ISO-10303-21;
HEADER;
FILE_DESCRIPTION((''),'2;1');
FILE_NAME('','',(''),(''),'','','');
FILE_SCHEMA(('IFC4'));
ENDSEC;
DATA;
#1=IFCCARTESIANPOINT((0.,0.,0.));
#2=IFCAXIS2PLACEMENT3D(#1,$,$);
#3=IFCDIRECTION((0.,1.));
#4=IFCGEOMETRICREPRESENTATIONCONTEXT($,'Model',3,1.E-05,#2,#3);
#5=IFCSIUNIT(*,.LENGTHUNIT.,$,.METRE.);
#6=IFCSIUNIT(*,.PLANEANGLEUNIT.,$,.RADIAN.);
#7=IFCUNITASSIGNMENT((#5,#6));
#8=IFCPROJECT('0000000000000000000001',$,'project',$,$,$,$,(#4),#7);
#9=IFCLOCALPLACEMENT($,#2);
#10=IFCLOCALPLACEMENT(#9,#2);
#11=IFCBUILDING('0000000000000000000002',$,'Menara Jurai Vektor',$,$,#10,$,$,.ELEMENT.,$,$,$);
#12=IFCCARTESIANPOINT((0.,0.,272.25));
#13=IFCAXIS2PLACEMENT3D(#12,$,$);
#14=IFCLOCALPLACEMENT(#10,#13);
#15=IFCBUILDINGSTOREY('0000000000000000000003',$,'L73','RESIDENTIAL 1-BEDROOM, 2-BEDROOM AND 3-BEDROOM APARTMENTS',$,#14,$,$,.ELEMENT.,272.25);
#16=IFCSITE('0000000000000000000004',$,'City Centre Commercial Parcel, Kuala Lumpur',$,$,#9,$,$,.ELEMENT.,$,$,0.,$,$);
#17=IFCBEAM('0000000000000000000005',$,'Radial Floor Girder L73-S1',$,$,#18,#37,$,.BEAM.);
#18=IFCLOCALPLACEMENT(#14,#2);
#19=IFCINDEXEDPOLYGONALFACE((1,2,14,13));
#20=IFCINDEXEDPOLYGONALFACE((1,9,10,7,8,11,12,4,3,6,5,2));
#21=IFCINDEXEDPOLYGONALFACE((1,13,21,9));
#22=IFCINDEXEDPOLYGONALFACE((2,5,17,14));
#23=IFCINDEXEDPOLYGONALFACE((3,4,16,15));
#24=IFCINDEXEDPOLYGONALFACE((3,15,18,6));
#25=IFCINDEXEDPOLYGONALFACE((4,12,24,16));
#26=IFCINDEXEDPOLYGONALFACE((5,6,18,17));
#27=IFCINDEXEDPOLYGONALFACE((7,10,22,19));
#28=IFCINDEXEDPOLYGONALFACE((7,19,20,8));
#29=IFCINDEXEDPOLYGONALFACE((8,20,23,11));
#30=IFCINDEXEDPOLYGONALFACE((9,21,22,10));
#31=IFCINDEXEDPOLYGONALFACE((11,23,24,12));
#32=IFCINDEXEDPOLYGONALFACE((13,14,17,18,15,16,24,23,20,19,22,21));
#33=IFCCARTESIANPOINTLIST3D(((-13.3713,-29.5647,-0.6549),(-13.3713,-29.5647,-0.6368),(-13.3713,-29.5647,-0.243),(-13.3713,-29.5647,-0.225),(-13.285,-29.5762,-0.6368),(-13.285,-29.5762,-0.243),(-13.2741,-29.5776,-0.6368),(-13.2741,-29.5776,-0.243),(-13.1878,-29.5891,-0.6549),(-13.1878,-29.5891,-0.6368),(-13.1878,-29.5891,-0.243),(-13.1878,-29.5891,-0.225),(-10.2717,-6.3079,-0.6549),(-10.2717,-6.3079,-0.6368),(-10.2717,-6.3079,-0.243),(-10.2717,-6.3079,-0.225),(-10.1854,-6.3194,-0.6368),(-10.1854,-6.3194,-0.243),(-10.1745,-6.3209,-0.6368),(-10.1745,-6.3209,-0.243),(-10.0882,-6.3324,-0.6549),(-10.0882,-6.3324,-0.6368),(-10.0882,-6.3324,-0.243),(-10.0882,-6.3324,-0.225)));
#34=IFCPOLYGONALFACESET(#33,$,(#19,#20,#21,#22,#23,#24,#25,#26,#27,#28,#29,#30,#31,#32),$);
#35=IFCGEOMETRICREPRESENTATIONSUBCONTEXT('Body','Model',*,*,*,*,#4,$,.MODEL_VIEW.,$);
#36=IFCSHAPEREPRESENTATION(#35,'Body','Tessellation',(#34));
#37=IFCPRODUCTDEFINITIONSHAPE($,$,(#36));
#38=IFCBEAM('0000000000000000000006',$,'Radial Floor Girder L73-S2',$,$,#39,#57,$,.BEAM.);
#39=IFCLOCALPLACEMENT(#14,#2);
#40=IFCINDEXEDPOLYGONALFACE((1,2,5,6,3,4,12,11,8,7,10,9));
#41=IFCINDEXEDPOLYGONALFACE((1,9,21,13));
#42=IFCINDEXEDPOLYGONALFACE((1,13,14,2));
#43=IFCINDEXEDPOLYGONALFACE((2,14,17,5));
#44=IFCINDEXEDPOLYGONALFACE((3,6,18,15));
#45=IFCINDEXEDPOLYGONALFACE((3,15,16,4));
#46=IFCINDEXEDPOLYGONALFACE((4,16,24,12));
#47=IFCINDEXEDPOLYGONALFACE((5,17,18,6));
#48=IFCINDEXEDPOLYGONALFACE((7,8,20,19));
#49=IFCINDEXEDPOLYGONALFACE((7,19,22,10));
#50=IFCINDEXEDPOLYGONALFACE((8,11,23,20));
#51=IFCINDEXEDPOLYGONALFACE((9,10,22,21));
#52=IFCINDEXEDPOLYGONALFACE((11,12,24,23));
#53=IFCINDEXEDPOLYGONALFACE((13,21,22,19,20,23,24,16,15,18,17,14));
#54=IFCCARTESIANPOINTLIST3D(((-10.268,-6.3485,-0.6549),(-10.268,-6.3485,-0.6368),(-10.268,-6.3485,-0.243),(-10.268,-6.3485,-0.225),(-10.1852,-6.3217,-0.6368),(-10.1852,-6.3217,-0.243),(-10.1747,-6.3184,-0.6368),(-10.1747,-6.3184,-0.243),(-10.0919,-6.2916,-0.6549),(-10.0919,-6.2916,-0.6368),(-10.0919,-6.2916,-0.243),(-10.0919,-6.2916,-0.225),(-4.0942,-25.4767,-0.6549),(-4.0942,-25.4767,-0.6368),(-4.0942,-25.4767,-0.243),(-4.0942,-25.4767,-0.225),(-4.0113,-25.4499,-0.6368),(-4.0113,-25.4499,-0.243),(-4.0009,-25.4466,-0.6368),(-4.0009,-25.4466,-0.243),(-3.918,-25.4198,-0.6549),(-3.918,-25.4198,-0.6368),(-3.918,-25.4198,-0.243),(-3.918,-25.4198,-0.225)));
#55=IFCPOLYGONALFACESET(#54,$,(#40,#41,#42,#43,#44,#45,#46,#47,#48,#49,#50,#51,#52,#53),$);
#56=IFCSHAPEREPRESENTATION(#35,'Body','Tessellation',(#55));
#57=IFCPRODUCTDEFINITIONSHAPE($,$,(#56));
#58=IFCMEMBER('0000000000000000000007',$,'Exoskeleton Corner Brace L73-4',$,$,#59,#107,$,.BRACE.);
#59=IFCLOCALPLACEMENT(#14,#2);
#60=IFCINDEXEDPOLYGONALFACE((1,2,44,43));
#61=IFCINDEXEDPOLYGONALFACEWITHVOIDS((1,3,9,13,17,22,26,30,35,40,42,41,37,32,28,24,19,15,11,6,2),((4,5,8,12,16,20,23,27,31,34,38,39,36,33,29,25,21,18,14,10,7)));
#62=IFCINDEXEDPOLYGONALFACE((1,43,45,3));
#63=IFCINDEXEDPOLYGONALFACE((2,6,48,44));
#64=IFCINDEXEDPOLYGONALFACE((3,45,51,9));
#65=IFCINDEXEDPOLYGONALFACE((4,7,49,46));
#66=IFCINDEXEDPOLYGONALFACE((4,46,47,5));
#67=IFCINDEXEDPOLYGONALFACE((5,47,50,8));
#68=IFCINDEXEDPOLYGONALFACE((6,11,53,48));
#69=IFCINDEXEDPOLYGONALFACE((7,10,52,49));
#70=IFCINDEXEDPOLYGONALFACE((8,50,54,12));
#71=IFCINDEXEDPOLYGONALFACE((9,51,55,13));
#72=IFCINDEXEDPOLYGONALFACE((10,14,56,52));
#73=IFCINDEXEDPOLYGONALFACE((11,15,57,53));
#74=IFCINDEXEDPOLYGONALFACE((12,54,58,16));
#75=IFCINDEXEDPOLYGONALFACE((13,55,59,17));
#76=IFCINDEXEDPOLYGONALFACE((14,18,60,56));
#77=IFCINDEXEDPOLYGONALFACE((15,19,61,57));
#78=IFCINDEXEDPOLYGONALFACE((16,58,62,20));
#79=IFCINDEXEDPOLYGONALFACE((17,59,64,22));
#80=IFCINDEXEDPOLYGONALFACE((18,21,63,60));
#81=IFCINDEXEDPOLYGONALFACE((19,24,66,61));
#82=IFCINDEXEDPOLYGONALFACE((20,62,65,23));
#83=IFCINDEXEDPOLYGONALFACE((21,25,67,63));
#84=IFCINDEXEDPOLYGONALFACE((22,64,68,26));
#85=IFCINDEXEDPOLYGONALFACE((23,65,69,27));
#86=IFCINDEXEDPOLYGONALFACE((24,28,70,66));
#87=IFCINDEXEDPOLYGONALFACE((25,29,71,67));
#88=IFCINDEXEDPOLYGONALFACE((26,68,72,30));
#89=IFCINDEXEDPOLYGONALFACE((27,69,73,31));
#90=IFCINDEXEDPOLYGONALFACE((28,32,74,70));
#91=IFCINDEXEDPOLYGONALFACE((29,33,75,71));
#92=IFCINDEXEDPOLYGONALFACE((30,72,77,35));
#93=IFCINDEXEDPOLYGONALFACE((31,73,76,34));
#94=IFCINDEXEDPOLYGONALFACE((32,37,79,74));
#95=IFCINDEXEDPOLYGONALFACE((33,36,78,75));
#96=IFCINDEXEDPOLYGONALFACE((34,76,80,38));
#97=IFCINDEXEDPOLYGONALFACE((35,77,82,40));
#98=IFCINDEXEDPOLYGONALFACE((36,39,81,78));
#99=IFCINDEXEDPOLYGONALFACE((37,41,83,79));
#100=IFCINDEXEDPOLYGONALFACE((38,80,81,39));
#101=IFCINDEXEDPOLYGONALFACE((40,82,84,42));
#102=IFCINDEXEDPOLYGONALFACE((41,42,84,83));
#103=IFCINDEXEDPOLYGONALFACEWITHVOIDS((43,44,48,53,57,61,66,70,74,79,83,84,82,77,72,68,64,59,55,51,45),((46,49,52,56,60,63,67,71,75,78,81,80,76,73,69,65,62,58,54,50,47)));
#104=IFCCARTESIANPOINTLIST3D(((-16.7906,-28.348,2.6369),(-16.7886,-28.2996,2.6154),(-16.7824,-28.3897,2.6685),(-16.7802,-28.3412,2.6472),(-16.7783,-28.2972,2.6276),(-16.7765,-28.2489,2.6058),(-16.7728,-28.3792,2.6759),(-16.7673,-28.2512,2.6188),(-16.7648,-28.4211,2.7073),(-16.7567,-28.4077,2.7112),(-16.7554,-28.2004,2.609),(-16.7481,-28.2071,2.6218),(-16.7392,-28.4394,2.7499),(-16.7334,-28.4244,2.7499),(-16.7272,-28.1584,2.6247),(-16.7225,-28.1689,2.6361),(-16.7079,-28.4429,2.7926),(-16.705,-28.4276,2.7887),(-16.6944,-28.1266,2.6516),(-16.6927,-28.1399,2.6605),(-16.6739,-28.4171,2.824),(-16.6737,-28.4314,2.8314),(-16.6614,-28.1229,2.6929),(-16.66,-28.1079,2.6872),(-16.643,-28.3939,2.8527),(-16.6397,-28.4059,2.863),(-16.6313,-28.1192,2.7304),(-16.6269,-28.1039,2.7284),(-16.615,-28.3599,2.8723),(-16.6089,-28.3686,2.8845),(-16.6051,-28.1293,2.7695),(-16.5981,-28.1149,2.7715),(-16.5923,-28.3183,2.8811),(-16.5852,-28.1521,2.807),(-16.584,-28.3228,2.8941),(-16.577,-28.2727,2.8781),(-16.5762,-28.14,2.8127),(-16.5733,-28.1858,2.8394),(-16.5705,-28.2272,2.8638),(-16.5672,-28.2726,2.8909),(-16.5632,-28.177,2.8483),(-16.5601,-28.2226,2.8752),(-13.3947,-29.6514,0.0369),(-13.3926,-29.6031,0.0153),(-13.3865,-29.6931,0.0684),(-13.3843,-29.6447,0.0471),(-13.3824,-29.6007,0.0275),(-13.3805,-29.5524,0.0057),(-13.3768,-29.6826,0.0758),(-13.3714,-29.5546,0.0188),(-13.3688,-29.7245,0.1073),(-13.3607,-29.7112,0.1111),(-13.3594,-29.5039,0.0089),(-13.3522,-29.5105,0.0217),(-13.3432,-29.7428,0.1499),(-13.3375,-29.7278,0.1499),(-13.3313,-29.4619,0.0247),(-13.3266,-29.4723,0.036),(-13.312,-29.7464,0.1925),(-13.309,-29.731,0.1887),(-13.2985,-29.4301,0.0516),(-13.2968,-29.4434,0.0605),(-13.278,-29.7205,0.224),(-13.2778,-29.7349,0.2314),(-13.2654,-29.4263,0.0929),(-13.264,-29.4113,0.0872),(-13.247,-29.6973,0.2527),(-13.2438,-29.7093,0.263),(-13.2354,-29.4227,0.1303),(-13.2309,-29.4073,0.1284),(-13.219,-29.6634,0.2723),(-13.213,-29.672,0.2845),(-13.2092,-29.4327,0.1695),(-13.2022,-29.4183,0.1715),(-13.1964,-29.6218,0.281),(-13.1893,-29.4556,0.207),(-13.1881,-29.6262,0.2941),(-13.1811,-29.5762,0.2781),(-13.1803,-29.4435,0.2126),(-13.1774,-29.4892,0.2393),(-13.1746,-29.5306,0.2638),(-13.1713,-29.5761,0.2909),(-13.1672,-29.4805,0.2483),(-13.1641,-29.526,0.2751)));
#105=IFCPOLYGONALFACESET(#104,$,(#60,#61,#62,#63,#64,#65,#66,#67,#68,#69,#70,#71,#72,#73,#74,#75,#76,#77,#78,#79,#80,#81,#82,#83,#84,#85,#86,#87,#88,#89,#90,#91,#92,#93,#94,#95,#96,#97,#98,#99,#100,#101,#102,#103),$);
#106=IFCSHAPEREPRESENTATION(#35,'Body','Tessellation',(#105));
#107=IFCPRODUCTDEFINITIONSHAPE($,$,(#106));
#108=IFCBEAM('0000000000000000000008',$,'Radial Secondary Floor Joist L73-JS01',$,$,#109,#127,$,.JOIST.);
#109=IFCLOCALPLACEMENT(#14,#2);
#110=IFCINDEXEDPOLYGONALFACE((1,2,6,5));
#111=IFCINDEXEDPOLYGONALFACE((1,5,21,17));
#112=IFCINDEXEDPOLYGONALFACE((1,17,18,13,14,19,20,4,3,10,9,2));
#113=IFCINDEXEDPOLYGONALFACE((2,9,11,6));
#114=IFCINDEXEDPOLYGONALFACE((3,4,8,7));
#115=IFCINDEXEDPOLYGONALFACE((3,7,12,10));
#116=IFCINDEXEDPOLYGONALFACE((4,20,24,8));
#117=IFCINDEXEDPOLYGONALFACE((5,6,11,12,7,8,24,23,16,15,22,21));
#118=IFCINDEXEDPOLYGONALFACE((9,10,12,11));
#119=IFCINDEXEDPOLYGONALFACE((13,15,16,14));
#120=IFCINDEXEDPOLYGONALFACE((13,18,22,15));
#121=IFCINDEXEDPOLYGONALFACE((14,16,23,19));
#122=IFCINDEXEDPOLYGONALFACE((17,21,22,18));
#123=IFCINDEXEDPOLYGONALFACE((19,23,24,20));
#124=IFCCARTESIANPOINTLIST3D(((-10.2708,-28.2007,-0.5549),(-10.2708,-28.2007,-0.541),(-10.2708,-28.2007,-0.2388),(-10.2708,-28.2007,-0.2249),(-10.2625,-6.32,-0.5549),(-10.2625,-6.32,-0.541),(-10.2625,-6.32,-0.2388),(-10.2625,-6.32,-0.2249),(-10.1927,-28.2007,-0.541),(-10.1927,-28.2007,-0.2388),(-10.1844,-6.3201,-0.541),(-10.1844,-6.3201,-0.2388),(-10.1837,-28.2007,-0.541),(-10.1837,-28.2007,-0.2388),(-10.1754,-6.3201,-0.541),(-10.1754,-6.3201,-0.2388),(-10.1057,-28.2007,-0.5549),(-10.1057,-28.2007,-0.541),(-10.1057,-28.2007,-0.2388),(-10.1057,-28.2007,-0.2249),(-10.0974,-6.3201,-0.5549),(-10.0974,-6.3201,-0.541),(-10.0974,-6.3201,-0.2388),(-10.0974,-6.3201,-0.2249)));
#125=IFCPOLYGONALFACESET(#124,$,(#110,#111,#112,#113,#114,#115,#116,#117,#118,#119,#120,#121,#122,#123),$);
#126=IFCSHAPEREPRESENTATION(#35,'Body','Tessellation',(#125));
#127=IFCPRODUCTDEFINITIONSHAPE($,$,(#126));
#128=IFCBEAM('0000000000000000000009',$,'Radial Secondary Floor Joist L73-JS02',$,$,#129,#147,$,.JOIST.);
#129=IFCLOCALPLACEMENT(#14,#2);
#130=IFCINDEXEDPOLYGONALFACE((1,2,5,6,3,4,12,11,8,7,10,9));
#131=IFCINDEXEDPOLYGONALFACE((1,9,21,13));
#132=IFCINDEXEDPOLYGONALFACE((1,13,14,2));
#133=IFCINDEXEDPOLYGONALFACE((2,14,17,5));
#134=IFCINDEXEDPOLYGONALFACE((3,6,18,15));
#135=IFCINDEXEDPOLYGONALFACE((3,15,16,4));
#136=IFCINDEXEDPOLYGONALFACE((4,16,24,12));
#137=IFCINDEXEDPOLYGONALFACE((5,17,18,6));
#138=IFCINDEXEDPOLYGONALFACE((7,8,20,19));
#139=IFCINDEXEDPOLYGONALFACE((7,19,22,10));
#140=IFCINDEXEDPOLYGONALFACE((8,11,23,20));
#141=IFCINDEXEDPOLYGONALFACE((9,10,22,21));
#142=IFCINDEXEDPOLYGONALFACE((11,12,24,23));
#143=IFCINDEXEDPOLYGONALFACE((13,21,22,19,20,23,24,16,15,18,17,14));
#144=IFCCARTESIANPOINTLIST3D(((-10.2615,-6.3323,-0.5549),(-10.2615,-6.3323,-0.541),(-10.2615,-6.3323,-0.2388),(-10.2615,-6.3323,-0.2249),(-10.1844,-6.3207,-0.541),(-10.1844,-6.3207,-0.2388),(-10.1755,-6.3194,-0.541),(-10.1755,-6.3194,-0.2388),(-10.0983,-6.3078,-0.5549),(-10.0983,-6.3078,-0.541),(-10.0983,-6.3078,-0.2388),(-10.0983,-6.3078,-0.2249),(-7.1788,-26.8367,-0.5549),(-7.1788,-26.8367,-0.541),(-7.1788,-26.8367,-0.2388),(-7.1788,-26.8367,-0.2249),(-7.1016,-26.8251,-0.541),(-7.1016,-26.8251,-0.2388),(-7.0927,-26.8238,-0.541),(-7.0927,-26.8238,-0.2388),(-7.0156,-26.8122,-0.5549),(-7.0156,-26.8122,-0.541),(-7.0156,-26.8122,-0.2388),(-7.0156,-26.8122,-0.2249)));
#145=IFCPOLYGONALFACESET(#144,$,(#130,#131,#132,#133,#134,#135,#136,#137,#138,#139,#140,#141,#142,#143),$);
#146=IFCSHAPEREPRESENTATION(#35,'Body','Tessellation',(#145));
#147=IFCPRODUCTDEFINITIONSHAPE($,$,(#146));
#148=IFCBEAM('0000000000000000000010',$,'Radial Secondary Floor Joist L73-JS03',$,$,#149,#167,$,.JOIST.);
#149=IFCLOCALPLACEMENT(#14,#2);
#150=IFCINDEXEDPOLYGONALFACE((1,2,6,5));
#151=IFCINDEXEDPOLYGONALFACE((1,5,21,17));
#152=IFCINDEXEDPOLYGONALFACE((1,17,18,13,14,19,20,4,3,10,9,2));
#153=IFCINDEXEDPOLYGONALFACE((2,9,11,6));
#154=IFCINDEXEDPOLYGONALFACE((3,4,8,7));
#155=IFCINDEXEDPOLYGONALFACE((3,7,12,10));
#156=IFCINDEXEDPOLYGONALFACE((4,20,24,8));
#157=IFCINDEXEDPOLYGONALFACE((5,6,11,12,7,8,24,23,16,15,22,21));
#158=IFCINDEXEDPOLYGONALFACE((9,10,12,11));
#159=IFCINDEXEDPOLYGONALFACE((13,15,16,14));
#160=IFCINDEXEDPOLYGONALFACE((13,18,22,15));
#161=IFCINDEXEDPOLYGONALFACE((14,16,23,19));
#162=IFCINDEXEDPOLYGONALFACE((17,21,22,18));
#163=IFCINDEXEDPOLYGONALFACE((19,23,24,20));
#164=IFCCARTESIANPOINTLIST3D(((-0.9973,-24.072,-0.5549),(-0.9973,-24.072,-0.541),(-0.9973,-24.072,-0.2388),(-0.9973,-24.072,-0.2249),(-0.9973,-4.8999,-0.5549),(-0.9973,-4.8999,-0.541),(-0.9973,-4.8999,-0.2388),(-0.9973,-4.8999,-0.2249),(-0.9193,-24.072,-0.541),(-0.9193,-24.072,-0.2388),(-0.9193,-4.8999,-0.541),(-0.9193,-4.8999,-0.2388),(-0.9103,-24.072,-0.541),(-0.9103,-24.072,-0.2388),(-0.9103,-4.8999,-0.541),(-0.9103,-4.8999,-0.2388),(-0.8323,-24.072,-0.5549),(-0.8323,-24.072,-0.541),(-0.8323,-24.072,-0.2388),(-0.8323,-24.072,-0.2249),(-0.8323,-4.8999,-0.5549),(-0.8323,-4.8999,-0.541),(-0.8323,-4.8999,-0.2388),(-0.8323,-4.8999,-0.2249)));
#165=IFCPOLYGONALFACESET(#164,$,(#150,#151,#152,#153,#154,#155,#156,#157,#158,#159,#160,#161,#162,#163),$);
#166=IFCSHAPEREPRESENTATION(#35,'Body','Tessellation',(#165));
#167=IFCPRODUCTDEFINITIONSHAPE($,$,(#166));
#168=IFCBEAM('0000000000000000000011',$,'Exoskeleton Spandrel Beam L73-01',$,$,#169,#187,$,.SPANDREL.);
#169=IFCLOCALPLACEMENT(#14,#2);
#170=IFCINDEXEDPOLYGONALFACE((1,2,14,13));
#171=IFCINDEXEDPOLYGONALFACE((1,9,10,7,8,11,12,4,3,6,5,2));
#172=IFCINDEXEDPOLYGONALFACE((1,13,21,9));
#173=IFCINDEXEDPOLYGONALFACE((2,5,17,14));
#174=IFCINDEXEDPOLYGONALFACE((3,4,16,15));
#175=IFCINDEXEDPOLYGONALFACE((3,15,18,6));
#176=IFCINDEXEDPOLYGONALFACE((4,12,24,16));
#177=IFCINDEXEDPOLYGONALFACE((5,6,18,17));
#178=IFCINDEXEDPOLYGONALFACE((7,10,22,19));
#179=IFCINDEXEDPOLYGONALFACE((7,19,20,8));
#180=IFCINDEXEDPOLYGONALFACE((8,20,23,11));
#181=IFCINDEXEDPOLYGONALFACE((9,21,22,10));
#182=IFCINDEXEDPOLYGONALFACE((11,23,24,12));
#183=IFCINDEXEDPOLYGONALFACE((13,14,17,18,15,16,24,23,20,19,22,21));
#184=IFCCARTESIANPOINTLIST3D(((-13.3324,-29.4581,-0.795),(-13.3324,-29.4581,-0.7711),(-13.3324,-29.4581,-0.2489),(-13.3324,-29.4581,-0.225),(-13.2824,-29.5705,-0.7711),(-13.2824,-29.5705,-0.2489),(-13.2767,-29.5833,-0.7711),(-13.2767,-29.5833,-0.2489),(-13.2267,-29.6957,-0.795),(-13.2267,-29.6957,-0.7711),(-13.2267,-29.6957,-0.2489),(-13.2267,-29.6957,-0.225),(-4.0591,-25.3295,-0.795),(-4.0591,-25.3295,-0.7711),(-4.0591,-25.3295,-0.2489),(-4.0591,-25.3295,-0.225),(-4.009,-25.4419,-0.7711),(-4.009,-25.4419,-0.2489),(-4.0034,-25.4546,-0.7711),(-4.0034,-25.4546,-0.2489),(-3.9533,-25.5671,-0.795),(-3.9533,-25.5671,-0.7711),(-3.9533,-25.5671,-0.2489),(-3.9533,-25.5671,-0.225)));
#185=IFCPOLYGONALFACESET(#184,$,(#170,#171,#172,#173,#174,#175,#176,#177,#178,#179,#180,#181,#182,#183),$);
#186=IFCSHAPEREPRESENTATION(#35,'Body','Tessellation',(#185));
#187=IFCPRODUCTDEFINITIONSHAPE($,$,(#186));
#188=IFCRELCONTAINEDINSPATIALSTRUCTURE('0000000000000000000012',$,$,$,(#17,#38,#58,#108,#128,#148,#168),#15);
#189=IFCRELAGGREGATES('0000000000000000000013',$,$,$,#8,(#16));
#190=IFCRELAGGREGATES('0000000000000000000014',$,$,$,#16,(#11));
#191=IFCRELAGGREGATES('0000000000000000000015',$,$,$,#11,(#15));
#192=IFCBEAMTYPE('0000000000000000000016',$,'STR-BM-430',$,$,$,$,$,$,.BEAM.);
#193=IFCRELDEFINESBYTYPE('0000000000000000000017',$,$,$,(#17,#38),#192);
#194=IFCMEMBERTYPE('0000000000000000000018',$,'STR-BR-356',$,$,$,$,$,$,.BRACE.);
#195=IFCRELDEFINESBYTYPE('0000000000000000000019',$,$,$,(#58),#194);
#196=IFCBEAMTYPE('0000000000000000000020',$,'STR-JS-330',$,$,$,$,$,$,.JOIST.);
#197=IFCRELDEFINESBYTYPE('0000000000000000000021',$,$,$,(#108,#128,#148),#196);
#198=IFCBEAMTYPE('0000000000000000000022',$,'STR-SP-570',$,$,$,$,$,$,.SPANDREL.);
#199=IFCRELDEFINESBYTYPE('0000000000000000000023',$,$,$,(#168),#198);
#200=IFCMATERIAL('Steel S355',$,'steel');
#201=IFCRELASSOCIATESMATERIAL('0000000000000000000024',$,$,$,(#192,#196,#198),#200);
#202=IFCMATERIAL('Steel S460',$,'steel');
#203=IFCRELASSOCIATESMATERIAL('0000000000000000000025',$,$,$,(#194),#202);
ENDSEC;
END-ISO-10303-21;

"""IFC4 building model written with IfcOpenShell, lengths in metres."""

from ifc_helpers import new_model, si_unit, direction, frame, origin, origin_2d, place, context, subcontext, project, spatial, hollow_circle, i_section, extrude, material, material_profile, profile_set, type_object, element, save


model = new_model("IFC4")

# Units and contexts
model_context = context("Model", 3, precision=1e-05, world=origin(), true_north=direction((0.0, 1.0)))
body_context = subcontext(model_context, "Body", "Model", "MODEL_VIEW")
ifc_project = project(units=[si_unit("LENGTHUNIT", "METRE"), si_unit("PLANEANGLEUNIT", "RADIAN")], contexts=[model_context])

# Site, building, storey
site_placement = place(None, origin())
site = spatial("IfcSite", under=ifc_project, at=site_placement, Name="City Centre Commercial Parcel, Kuala Lumpur", CompositionType="ELEMENT", RefElevation=0.0)
building_placement = place(site_placement, origin())
building = spatial("IfcBuilding", under=site, at=building_placement, Name="Menara Jurai Vektor", CompositionType="ELEMENT")
storey_placement = place(building_placement, frame((0.0, 0.0, 272.25)))
storey = spatial("IfcBuildingStorey", under=building, at=storey_placement, Name="L73", Description="RESIDENTIAL 1-BEDROOM, 2-BEDROOM AND 3-BEDROOM APARTMENTS", CompositionType="ELEMENT", Elevation=272.25)

# Shared definitions
ifc_material_1 = material(Name="Steel S460", Category="steel")

# Beams
ifc_material_2 = material(Name="Steel S355", Category="steel")
ifc_material_profile_1 = material_profile(ifc_material_2, i_section(OverallWidth=0.1851, OverallDepth=0.4299, WebThickness=0.011, FlangeThickness=0.0181, at=origin_2d()), Name="PG 430x185x76")
ifc_profile_set_1 = profile_set([ifc_material_profile_1], Name="Steel S355")
beam_type_1 = type_object("IfcBeamType", Name="STR-BM-430", PredefinedType="BEAM", material=ifc_profile_set_1)
beam_1_placement = place(storey_placement, frame((-13.2795, -29.5769, -0.4399), z_axis=(0.132109, 0.991235, 0.0), x_axis=(-0.991235, 0.132109, 0.0)))
element("IfcBeam", 1, at=beam_1_placement, inside=storey, type_object=beam_type_1, Name="Radial Floor Girder L73-S1", PredefinedType="BEAM", context=body_context, shape_type="SweptSolid", body=[
    extrude(i_section(OverallWidth=0.1851, OverallDepth=0.4299, WebThickness=0.011, FlangeThickness=0.0181, at=origin_2d()), origin(), (0.0, 0.0, 1.0), 23.4624),
])
beam_2_placement = place(storey_placement, frame((-4.0061, -25.4482, -0.4399), z_axis=(-0.307158, 0.951658, 0.0), x_axis=(-0.951658, -0.307158, 0.0)))
element("IfcBeam", 2, at=beam_2_placement, inside=storey, type_object=beam_type_1, Name="Radial Floor Girder L73-S2", PredefinedType="BEAM", context=body_context, shape_type="SweptSolid", body=[
    extrude(i_section(OverallWidth=0.1851, OverallDepth=0.4299, WebThickness=0.011, FlangeThickness=0.0181, at=origin_2d()), origin(), (0.0, 0.0, 1.0), 20.0999),
])

# Member
ifc_material_profile_2 = material_profile(ifc_material_1, hollow_circle(Radius=0.1777, WallThickness=0.0161, at=origin_2d()), Name="CHS 355.6x16")
ifc_profile_set_2 = profile_set([ifc_material_profile_2], Name="Steel S460")
member_type_1 = type_object("IfcMemberType", Name="STR-BR-356", PredefinedType="BRACE", material=ifc_profile_set_2)
member_1_placement = place(storey_placement, frame((-13.2795, -29.5769, 0.1499), z_axis=(-0.759514, 0.29152, 0.581511), x_axis=(-0.358336, -0.933593, 0.0)))
element("IfcMember", 3, at=member_1_placement, inside=storey, type_object=member_type_1, Name="Exoskeleton Corner Brace L73-4", PredefinedType="BRACE", context=body_context, shape_type="SweptSolid", body=[
    extrude(hollow_circle(Radius=0.1777, WallThickness=0.0161, at=origin_2d()), origin(), (0.0, 0.0, 1.0), 4.4712),
])

# Beams
ifc_material_profile_3 = material_profile(ifc_material_2, i_section(OverallWidth=0.165, OverallDepth=0.3301, WebThickness=0.009, FlangeThickness=0.0139, at=origin_2d()), Name="PG 330x165x46")
ifc_profile_set_3 = profile_set([ifc_material_profile_3], Name="Steel S355")
beam_type_2 = type_object("IfcBeamType", Name="STR-JS-330", PredefinedType="JOIST", material=ifc_profile_set_3)
beam_3_placement = place(storey_placement, frame((-10.1882, -28.2007, -0.3899), z_axis=(0.000379, 1.0, 0.0), x_axis=(-1.0, 0.000379, 0.0)))
element("IfcBeam", 4, at=beam_3_placement, inside=storey, type_object=beam_type_2, Name="Radial Secondary Floor Joist L73-JS01", PredefinedType="JOIST", context=body_context, shape_type="SweptSolid", body=[
    extrude(i_section(OverallWidth=0.165, OverallDepth=0.3301, WebThickness=0.009, FlangeThickness=0.0139, at=origin_2d()), origin(), (0.0, 0.0, 1.0), 21.8806),
])
beam_4_placement = place(storey_placement, frame((-7.0972, -26.8245, -0.3899), z_axis=(-0.148676, 0.988886, 0.0), x_axis=(-0.988886, -0.148676, 0.0)))
element("IfcBeam", 5, at=beam_4_placement, inside=storey, type_object=beam_type_2, Name="Radial Secondary Floor Joist L73-JS02", PredefinedType="JOIST", context=body_context, shape_type="SweptSolid", body=[
    extrude(i_section(OverallWidth=0.165, OverallDepth=0.3301, WebThickness=0.009, FlangeThickness=0.0139, at=origin_2d()), origin(), (0.0, 0.0, 1.0), 20.7349),
])
beam_5_placement = place(storey_placement, frame((-0.9148, -24.072, -0.3899), z_axis=(0.0, 1.0, 0.0), x_axis=(-1.0, 0.0, 0.0)))
element("IfcBeam", 6, at=beam_5_placement, inside=storey, type_object=beam_type_2, Name="Radial Secondary Floor Joist L73-JS03", PredefinedType="JOIST", context=body_context, shape_type="SweptSolid", body=[
    extrude(i_section(OverallWidth=0.165, OverallDepth=0.3301, WebThickness=0.009, FlangeThickness=0.0139, at=origin_2d()), origin(), (0.0, 0.0, 1.0), 19.1721),
])
ifc_material_profile_4 = material_profile(ifc_material_2, i_section(OverallWidth=0.26, OverallDepth=0.5701, WebThickness=0.0139, FlangeThickness=0.0239, at=origin_2d()), Name="PG 570x260x145")
ifc_profile_set_4 = profile_set([ifc_material_profile_4], Name="Steel S355")
beam_type_3 = type_object("IfcBeamType", Name="STR-SP-570", PredefinedType="SPANDREL", material=ifc_profile_set_4)
beam_6_placement = place(storey_placement, frame((-13.2795, -29.5769, -0.51), z_axis=(0.913551, 0.406725, 0.0), x_axis=(-0.406725, 0.913551, 0.0)))
element("IfcBeam", 7, at=beam_6_placement, inside=storey, type_object=beam_type_3, Name="Exoskeleton Spandrel Beam L73-01", PredefinedType="SPANDREL", context=body_context, shape_type="SweptSolid", body=[
    extrude(i_section(OverallWidth=0.26, OverallDepth=0.5701, WebThickness=0.0139, FlangeThickness=0.0239, at=origin_2d()), origin(), (0.0, 0.0, 1.0), 10.1509),
])

save(model, "model.ifc")
